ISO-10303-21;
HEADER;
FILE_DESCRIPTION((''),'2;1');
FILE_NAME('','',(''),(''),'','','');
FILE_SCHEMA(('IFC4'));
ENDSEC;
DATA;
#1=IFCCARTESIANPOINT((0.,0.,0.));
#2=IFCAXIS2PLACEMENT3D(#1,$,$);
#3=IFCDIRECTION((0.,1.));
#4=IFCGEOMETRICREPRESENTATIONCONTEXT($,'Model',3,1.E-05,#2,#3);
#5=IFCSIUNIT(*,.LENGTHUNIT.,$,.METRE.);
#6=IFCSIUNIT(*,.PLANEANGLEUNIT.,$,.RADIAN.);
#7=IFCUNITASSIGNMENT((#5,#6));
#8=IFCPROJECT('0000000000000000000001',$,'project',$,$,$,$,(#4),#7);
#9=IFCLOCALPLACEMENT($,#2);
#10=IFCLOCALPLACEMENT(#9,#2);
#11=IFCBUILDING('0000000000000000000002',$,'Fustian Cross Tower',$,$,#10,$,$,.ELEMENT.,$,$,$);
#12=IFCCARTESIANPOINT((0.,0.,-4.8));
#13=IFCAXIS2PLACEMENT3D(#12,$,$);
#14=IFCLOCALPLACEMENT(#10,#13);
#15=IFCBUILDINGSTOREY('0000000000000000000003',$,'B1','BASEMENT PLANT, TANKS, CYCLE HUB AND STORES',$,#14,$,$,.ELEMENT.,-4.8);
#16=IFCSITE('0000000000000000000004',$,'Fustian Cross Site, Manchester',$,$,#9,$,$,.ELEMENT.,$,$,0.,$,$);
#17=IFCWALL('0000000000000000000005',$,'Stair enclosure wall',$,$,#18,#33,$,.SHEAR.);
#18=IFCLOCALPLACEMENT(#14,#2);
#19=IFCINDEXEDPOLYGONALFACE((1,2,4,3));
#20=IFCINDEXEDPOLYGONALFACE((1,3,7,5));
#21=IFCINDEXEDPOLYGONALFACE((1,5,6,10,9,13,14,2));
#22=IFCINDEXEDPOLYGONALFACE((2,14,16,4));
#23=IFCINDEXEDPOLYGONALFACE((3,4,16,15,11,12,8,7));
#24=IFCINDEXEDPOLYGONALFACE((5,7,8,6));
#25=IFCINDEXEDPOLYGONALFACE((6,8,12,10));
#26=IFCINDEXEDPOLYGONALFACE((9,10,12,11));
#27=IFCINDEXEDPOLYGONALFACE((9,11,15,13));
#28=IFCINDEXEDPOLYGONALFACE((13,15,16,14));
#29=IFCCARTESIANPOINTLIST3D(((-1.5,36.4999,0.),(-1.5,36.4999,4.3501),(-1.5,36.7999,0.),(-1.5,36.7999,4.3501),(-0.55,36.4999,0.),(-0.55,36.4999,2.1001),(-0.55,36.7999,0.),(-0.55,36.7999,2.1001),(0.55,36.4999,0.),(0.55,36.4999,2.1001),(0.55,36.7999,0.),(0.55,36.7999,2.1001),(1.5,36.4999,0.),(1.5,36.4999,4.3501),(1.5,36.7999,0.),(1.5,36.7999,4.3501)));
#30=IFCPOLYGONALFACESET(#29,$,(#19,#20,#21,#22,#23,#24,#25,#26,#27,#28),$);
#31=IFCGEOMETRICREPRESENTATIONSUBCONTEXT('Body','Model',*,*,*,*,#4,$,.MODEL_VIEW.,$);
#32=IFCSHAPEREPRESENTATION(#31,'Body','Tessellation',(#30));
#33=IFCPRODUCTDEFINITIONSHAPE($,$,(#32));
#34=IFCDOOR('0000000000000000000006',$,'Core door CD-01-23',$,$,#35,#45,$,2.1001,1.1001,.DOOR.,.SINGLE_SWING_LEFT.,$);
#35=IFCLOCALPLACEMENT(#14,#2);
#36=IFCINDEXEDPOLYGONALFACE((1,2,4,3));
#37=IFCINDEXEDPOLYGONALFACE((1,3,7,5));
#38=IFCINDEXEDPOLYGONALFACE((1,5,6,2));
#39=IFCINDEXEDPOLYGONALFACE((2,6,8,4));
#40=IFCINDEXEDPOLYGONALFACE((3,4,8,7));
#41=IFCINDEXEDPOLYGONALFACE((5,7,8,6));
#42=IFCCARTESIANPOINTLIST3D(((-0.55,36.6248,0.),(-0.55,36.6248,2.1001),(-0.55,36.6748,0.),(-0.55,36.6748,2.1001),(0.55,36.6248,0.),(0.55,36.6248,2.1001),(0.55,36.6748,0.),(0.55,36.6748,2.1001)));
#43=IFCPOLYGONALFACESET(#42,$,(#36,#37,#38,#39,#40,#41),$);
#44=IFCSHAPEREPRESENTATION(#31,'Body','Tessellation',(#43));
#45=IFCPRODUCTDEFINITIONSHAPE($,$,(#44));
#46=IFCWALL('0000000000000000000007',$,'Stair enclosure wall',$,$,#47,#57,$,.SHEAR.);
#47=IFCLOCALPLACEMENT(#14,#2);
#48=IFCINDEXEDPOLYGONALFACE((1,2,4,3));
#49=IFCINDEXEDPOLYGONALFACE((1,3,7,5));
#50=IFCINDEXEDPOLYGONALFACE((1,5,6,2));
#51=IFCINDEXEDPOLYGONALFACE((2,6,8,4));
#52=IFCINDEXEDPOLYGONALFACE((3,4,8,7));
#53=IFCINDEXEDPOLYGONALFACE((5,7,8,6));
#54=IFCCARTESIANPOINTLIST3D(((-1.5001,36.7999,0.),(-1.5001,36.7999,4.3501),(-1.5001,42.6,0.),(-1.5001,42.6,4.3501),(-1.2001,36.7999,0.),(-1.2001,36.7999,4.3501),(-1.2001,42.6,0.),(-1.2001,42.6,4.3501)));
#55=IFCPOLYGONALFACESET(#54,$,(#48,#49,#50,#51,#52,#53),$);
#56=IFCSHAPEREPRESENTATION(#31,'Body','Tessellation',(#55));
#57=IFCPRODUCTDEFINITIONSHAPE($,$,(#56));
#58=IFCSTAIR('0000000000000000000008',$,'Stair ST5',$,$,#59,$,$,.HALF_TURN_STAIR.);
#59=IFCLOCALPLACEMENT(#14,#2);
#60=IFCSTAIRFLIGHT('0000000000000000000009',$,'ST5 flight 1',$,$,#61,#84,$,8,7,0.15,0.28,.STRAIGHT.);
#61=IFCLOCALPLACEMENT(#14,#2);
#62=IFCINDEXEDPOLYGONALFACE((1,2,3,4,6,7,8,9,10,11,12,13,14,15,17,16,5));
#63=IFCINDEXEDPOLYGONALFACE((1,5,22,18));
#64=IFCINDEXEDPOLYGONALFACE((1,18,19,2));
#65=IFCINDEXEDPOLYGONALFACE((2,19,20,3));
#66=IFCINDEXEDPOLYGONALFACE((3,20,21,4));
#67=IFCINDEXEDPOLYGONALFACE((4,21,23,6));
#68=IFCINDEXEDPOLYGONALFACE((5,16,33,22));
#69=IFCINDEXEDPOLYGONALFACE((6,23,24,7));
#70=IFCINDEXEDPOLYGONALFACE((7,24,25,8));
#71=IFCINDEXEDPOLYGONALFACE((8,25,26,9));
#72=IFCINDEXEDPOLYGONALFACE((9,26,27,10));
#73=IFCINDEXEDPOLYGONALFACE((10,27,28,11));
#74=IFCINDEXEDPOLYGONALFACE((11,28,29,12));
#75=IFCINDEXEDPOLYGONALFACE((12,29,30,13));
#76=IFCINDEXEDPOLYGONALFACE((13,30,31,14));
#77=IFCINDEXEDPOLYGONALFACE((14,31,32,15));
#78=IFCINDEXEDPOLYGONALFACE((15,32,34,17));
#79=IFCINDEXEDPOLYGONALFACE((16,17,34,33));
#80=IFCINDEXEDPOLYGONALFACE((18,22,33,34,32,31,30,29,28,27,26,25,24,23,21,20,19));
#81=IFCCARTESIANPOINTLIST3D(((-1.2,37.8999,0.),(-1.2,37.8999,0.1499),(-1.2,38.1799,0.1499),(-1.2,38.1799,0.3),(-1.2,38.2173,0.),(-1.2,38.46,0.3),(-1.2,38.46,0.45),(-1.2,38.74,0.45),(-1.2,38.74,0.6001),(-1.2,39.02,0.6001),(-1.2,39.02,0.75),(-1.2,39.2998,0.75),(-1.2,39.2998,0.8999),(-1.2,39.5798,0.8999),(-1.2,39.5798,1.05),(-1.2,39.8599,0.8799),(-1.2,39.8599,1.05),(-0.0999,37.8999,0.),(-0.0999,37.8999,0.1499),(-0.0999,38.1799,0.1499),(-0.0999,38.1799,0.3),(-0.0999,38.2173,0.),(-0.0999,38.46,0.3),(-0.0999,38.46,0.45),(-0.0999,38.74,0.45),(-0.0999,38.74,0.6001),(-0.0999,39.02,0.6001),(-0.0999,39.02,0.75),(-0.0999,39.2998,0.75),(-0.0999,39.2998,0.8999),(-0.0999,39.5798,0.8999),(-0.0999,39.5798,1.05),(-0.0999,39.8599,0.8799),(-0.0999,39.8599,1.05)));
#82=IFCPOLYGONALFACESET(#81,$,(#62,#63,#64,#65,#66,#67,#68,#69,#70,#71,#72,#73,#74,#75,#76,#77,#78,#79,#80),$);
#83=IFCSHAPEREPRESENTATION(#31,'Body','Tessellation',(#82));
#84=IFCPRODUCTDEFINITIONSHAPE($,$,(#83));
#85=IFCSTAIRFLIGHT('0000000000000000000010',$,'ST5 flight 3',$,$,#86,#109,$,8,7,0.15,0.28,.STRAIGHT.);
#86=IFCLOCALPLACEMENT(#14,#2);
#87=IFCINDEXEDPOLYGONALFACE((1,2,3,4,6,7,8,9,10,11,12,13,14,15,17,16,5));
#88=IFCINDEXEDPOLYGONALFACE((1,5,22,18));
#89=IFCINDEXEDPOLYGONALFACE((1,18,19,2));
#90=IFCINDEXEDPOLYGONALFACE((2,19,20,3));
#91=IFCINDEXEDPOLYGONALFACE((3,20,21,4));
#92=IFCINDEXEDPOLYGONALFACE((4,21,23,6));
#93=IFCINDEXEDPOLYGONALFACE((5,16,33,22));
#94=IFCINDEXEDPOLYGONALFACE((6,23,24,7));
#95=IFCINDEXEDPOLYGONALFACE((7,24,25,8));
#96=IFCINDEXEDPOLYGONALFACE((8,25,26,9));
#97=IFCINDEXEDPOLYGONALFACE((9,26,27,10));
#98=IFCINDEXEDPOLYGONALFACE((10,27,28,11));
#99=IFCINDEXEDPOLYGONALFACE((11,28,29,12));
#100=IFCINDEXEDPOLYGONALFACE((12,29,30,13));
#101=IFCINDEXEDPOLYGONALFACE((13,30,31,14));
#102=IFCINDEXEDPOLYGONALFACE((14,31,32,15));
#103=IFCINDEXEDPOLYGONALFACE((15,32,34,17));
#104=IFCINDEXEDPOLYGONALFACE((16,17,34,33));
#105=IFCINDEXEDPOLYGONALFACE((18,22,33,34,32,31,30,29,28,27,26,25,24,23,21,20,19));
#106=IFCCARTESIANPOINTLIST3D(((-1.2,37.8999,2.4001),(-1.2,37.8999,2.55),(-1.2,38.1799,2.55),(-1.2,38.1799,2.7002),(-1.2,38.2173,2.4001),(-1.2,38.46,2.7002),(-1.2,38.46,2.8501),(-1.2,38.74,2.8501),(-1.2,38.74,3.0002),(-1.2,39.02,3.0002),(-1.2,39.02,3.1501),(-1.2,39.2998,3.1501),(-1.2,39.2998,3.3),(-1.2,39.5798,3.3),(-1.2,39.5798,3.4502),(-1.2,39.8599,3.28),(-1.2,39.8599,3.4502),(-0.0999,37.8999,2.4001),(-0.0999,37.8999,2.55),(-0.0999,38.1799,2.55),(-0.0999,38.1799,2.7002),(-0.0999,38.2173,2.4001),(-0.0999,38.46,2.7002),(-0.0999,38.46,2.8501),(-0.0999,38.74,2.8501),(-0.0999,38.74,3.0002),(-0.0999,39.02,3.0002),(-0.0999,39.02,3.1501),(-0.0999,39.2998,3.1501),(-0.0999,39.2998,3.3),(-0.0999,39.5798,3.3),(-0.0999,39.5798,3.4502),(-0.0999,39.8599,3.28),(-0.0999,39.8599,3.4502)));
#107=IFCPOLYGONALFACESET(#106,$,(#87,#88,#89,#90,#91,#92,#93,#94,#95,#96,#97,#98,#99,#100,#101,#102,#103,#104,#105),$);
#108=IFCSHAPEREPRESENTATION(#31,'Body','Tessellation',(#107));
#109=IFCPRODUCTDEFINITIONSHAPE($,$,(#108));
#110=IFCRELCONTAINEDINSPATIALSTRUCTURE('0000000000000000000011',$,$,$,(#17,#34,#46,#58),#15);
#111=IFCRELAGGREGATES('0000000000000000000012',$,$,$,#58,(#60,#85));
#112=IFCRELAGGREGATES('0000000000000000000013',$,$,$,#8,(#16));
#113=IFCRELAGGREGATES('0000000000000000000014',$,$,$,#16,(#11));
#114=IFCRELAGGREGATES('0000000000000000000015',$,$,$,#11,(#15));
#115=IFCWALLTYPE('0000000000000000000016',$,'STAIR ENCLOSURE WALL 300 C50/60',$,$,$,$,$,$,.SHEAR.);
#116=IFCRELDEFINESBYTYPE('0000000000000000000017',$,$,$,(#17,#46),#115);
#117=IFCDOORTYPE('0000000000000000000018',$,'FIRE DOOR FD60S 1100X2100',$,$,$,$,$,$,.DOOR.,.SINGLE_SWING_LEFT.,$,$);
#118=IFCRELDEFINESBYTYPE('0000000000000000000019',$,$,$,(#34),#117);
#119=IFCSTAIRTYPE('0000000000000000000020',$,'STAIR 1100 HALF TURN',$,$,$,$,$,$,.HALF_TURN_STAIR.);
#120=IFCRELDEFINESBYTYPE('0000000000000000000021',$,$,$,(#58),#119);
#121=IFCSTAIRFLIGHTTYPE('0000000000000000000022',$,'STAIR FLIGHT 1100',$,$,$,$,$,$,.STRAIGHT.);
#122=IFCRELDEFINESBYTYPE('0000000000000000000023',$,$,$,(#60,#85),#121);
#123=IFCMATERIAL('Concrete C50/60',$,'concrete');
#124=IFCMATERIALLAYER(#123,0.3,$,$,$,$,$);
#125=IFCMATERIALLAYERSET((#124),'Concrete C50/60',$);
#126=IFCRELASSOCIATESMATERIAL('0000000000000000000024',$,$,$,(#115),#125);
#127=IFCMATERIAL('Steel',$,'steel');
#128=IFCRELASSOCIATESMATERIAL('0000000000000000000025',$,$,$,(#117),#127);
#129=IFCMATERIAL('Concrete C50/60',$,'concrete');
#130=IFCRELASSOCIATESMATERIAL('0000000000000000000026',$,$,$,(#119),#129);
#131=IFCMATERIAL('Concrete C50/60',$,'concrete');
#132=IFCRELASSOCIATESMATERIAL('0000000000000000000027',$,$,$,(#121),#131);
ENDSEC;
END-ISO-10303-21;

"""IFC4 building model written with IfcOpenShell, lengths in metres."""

from ifc_helpers import new_model, si_unit, direction, frame, frame_2d, origin, place, context, subcontext, project, spatial, polyline, rectangle, outline, extrude, material, layer, layer_set, type_object, element, fill, aggregate, save


model = new_model("IFC4")

# Units and contexts
model_context = context("Model", 3, precision=1e-05, world=origin(), true_north=direction((0.0, 1.0)))
body_context = subcontext(model_context, "Body", "Model", "MODEL_VIEW")
ifc_project = project(units=[si_unit("LENGTHUNIT", "METRE"), si_unit("PLANEANGLEUNIT", "RADIAN")], contexts=[model_context])

# Site, building, storey
site_placement = place(None, origin())
site = spatial("IfcSite", under=ifc_project, at=site_placement, Name="Fustian Cross Site, Manchester", CompositionType="ELEMENT", RefElevation=0.0)
building_placement = place(site_placement, origin())
building = spatial("IfcBuilding", under=site, at=building_placement, Name="Fustian Cross Tower", CompositionType="ELEMENT")
storey_placement = place(building_placement, frame((0.0, 0.0, -4.8)))
storey = spatial("IfcBuildingStorey", under=building, at=storey_placement, Name="B1", Description="BASEMENT PLANT, TANKS, CYCLE HUB AND STORES", CompositionType="ELEMENT", Elevation=-4.8)

# Wall, opening, door
ifc_material_1 = material(Name="Concrete C50/60", Category="concrete")
ifc_layer_1 = layer(ifc_material_1, 0.3)
ifc_layer_set_1 = layer_set([ifc_layer_1], Name="Concrete C50/60")
wall_type_1 = type_object("IfcWallType", Name="STAIR ENCLOSURE WALL 300 C50/60", PredefinedType="SHEAR", material=ifc_layer_set_1)
wall_1_placement = place(storey_placement, frame((-1.5, 36.6499, 0.0), z_axis=(0.0, 0.0, 1.0), x_axis=(1.0, 0.0, 0.0)))
wall_1 = element("IfcWall", 1, at=wall_1_placement, inside=storey, type_object=wall_type_1, Name="Stair enclosure wall", PredefinedType="SHEAR", context=body_context, shape_type="SweptSolid", body=[
    extrude(rectangle(XDim=3.0, YDim=0.3, at=frame_2d((1.5, 0.0))), origin(), (0.0, 0.0, 1.0), 4.3501),
])
opening_placement = place(wall_1_placement, frame((0.95, 0.0, 0.0)))
opening = element("IfcOpeningElement", 2, at=opening_placement, cuts=wall_1, PredefinedType="OPENING", context=body_context, shape_type="SweptSolid", body=[
    extrude(rectangle(XDim=1.1001, YDim=2.1001, at=frame_2d((0.55, 1.05))), frame((0.0, 0.1599, 0.0), z_axis=(0.0, -1.0, 0.0), x_axis=(1.0, 0.0, 0.0)), (0.0, 0.0, 1.0), 0.3201),
])
ifc_material_2 = material(Name="Steel", Category="steel")
door_type = type_object("IfcDoorType", Name="FIRE DOOR FD60S 1100X2100", OperationType="SINGLE_SWING_LEFT", PredefinedType="DOOR", material=ifc_material_2)
door_placement = place(opening_placement, origin())
door = element("IfcDoor", 3, at=door_placement, inside=storey, type_object=door_type, Name="Core door CD-01-23", OperationType="SINGLE_SWING_LEFT", OverallHeight=2.1001, OverallWidth=1.1001, PredefinedType="DOOR", context=body_context, shape_type="SweptSolid", body=[
    extrude(rectangle(XDim=1.1001, YDim=2.1001, at=frame_2d((0.55, 1.05))), frame((0.0, 0.0249, 0.0), z_axis=(0.0, -1.0, 0.0), x_axis=(1.0, 0.0, 0.0)), (0.0, 0.0, 1.0), 0.05),
])
fill(opening, door)

# Wall
wall_2_placement = place(storey_placement, frame((-1.3501, 36.8, 0.0), z_axis=(0.0, 0.0, 1.0), x_axis=(0.0, 1.0, 0.0)))
element("IfcWall", 4, at=wall_2_placement, inside=storey, type_object=wall_type_1, Name="Stair enclosure wall", PredefinedType="SHEAR", context=body_context, shape_type="SweptSolid", body=[
    extrude(rectangle(XDim=5.8, YDim=0.3, at=frame_2d((2.8999, 0.0))), origin(), (0.0, 0.0, 1.0), 4.3501),
])

# Stair, stair flights
ifc_material_3 = material(Name="Concrete C50/60", Category="concrete")
stair_type = type_object("IfcStairType", Name="STAIR 1100 HALF TURN", PredefinedType="HALF_TURN_STAIR", material=ifc_material_3)
stair_placement = place(storey_placement, origin())
stair = element("IfcStair", 5, at=stair_placement, inside=storey, type_object=stair_type, Name="Stair ST5", PredefinedType="HALF_TURN_STAIR")
ifc_material_4 = material(Name="Concrete C50/60", Category="concrete")
stair_flight_type = type_object("IfcStairFlightType", Name="STAIR FLIGHT 1100", PredefinedType="STRAIGHT", material=ifc_material_4)
stair_flight_1_placement = place(storey_placement, frame((-0.6499, 37.8999, 0.0), z_axis=(0.0, 0.0, 1.0), x_axis=(0.0, 1.0, 0.0)))
stair_flight_1 = element("IfcStairFlight", 6, at=stair_flight_1_placement, type_object=stair_flight_type, Name="ST5 flight 1", NumberOfRisers=8, NumberOfTreads=7, PredefinedType="STRAIGHT", RiserHeight=0.15, TreadLength=0.28, context=body_context, shape_type="SweptSolid", body=[
    extrude(outline(polyline([(0.0, 0.0), (0.0, 0.1499), (0.28, 0.1499), (0.28, 0.3), (0.5601, 0.3), (0.5601, 0.45), (0.8401, 0.45), (0.8401, 0.6001), (1.1201, 0.6001), (1.1201, 0.75), (1.3999, 0.75), (1.3999, 0.8999), (1.6799, 0.8999), (1.6799, 1.05), (1.96, 1.05), (1.96, 1.2), (1.96, 0.8799), (0.3174, 0.0), (0.0, 0.0)])), frame((0.0, 0.55, 0.0), z_axis=(0.0, -1.0, 0.0), x_axis=(1.0, 0.0, 0.0)), (0.0, 0.0, 1.0), 1.1001),
])
stair_flight_2_placement = place(storey_placement, frame((-0.6499, 37.8999, 2.4001), z_axis=(0.0, 0.0, 1.0), x_axis=(0.0, 1.0, 0.0)))
stair_flight_2 = element("IfcStairFlight", 7, at=stair_flight_2_placement, type_object=stair_flight_type, Name="ST5 flight 3", NumberOfRisers=8, NumberOfTreads=7, PredefinedType="STRAIGHT", RiserHeight=0.15, TreadLength=0.28, context=body_context, shape_type="SweptSolid", body=[
    extrude(outline(polyline([(0.0, 0.0), (0.0, 0.1499), (0.28, 0.1499), (0.28, 0.3), (0.5601, 0.3), (0.5601, 0.45), (0.8401, 0.45), (0.8401, 0.6001), (1.1201, 0.6001), (1.1201, 0.75), (1.3999, 0.75), (1.3999, 0.8999), (1.6799, 0.8999), (1.6799, 1.05), (1.96, 1.05), (1.96, 1.2), (1.96, 0.8799), (0.3174, 0.0), (0.0, 0.0)])), frame((0.0, 0.55, 0.0), z_axis=(0.0, -1.0, 0.0), x_axis=(1.0, 0.0, 0.0)), (0.0, 0.0, 1.0), 1.1001),
])
aggregate(stair, [stair_flight_1, stair_flight_2])

save(model, "model.ifc")
